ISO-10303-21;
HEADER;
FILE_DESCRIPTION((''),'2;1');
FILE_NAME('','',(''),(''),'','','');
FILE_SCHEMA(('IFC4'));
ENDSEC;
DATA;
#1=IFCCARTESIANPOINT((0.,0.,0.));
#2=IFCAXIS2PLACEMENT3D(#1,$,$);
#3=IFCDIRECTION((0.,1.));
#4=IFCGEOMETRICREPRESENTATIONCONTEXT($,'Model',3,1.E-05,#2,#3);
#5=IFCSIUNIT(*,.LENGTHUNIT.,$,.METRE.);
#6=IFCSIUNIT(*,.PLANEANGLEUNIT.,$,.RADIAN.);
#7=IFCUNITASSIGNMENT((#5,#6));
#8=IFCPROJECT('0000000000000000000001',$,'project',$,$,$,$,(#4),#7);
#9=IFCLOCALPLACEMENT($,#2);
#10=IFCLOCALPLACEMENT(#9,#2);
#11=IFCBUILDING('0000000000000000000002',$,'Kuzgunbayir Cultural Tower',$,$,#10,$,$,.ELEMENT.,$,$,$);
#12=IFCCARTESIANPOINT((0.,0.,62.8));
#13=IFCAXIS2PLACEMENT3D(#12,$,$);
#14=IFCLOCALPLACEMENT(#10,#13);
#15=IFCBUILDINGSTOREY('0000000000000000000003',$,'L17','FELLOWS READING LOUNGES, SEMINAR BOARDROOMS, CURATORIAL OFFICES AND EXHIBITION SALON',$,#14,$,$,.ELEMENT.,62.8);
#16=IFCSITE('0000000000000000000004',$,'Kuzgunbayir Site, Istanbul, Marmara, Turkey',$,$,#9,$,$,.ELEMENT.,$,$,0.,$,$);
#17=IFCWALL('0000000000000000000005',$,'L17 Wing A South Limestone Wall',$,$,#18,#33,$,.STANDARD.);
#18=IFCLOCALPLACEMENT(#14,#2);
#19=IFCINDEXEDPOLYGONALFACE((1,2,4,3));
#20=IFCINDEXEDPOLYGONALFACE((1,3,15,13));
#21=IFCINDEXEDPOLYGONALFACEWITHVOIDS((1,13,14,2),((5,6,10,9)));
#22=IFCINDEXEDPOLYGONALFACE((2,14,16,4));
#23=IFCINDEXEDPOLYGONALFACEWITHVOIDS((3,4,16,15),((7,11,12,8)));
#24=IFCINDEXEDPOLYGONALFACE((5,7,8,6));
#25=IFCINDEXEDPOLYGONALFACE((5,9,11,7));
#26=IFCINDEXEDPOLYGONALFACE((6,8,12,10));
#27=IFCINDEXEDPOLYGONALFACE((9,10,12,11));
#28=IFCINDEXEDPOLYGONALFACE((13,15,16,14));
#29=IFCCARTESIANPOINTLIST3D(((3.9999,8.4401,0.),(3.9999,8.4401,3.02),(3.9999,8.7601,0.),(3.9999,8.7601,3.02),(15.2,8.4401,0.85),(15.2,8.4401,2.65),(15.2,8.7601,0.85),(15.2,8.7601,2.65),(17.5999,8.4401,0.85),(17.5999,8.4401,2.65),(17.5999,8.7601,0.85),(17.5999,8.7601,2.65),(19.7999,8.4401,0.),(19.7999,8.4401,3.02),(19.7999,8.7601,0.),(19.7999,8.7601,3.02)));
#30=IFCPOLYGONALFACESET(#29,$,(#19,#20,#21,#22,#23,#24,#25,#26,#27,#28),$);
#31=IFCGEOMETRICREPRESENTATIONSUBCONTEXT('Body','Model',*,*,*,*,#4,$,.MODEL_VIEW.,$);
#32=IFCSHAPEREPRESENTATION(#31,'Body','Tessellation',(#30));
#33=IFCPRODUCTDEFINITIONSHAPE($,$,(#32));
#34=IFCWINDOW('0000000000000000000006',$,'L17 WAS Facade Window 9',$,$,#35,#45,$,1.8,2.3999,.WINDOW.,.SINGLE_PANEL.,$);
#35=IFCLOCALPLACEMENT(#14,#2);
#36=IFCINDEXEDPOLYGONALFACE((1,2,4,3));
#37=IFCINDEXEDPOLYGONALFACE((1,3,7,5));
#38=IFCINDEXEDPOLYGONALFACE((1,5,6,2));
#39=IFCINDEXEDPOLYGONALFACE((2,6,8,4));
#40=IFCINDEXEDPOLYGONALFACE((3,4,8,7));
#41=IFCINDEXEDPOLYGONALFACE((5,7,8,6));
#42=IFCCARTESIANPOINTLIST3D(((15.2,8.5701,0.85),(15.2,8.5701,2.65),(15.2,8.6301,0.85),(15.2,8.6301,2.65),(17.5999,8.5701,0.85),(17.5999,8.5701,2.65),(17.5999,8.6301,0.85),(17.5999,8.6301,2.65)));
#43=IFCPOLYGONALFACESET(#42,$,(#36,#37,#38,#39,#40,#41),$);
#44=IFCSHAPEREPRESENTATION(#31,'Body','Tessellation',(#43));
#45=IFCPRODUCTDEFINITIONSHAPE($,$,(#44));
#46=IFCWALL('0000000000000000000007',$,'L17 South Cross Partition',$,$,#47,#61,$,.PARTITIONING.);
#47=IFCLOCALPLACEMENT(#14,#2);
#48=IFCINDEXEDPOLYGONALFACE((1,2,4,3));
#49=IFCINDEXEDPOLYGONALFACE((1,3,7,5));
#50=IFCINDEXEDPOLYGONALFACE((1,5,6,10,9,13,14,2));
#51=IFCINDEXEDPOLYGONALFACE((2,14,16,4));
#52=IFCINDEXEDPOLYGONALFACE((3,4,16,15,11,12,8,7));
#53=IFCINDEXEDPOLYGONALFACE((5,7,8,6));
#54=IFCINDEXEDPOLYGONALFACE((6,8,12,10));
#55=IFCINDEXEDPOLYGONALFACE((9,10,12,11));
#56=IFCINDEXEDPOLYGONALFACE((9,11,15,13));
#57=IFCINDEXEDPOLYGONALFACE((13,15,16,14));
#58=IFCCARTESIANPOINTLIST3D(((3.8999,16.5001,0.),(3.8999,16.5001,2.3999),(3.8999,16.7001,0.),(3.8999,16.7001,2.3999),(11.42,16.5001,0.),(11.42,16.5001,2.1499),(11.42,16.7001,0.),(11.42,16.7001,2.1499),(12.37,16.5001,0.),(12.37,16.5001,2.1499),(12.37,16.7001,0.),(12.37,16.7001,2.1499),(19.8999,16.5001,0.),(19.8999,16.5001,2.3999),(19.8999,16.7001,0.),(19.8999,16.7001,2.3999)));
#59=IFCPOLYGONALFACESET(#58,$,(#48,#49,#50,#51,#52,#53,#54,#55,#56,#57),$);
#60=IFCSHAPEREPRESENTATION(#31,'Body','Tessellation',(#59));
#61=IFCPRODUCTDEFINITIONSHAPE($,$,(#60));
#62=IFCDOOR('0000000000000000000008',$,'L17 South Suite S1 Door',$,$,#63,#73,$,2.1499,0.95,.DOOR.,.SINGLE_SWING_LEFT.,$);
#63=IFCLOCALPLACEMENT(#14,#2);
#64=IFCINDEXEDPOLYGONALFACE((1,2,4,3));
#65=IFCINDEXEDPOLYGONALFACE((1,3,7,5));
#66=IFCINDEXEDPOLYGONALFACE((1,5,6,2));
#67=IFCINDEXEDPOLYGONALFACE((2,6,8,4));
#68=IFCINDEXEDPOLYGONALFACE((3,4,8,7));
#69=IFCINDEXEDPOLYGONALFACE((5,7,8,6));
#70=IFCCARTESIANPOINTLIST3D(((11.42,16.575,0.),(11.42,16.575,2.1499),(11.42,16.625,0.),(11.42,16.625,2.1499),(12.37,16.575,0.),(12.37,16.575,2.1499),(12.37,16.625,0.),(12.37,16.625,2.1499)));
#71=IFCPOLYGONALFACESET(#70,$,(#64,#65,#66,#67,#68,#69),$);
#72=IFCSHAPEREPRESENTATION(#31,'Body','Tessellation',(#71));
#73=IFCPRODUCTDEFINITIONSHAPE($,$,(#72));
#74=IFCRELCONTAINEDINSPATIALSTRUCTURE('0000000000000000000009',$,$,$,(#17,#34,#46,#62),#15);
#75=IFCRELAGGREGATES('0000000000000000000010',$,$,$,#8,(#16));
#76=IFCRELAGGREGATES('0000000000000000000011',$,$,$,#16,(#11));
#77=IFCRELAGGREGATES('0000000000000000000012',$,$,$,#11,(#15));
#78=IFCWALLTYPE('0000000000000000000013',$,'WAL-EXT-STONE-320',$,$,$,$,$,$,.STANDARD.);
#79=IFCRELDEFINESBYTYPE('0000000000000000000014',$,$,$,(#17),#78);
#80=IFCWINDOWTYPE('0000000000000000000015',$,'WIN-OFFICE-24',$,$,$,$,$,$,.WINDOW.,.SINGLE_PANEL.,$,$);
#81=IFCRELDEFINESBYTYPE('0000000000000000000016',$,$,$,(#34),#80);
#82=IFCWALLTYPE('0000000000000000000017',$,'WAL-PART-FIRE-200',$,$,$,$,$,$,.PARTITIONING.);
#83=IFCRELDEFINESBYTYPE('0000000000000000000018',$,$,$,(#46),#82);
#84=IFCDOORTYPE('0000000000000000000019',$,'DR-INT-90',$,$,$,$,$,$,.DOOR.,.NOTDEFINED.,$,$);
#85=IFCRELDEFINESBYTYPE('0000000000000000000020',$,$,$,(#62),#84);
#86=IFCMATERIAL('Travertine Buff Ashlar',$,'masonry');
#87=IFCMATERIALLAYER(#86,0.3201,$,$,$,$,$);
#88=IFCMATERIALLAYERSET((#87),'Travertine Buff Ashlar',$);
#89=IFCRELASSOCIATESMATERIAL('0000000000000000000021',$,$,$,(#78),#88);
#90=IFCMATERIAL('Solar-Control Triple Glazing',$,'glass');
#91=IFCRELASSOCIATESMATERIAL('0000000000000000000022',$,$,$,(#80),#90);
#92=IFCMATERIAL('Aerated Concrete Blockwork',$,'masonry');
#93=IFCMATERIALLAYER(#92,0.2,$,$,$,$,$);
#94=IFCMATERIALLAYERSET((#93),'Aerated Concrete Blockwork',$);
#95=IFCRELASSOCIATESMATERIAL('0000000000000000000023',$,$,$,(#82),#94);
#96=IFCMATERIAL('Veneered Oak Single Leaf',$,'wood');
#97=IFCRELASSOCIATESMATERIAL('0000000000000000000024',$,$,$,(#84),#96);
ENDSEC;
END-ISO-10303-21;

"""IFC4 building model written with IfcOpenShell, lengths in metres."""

from ifc_helpers import new_model, si_unit, direction, frame, frame_2d, origin, place, context, subcontext, project, spatial, rectangle, extrude, material, layer, layer_set, type_object, element, fill, save


model = new_model("IFC4")

# Units and contexts
model_context = context("Model", 3, precision=1e-05, world=origin(), true_north=direction((0.0, 1.0)))
body_context = subcontext(model_context, "Body", "Model", "MODEL_VIEW")
ifc_project = project(units=[si_unit("LENGTHUNIT", "METRE"), si_unit("PLANEANGLEUNIT", "RADIAN")], contexts=[model_context])

# Site, building, storey
site_placement = place(None, origin())
site = spatial("IfcSite", under=ifc_project, at=site_placement, Name="Kuzgunbayir Site, Istanbul, Marmara, Turkey", CompositionType="ELEMENT", RefElevation=0.0)
building_placement = place(site_placement, origin())
building = spatial("IfcBuilding", under=site, at=building_placement, Name="Kuzgunbayir Cultural Tower", CompositionType="ELEMENT")
storey_placement = place(building_placement, frame((0.0, 0.0, 62.8)))
storey = spatial("IfcBuildingStorey", under=building, at=storey_placement, Name="L17", Description="FELLOWS READING LOUNGES, SEMINAR BOARDROOMS, CURATORIAL OFFICES AND EXHIBITION SALON", CompositionType="ELEMENT", Elevation=62.8)

# Wall, opening, window
ifc_material_1 = material(Name="Travertine Buff Ashlar", Category="masonry")
ifc_layer_1 = layer(ifc_material_1, 0.3201)
ifc_layer_set_1 = layer_set([ifc_layer_1], Name="Travertine Buff Ashlar")
wall_type_1 = type_object("IfcWallType", Name="WAL-EXT-STONE-320", PredefinedType="STANDARD", material=ifc_layer_set_1)
wall_1_placement = place(storey_placement, frame((4.0, 8.6001, 0.0), z_axis=(0.0, 0.0, 1.0), x_axis=(1.0, 0.0, 0.0)))
wall_1 = element("IfcWall", 1, at=wall_1_placement, inside=storey, type_object=wall_type_1, Name="L17 Wing A South Limestone Wall", PredefinedType="STANDARD", context=body_context, shape_type="SweptSolid", body=[
    extrude(rectangle(XDim=15.8, YDim=0.3201, at=frame_2d((7.8999, 0.0))), origin(), (0.0, 0.0, 1.0), 3.02),
])
opening_1_placement = place(wall_1_placement, frame((11.2, 0.0, 0.8501)))
opening_1 = element("IfcOpeningElement", 2, at=opening_1_placement, cuts=wall_1, PredefinedType="OPENING", context=body_context, shape_type="SweptSolid", body=[
    extrude(rectangle(XDim=2.3999, YDim=1.8, at=frame_2d((1.2, 0.8999))), frame((0.0, 0.1699, 0.0), z_axis=(0.0, -1.0, 0.0), x_axis=(1.0, 0.0, 0.0)), (0.0, 0.0, 1.0), 0.3401),
])
ifc_material_2 = material(Name="Solar-Control Triple Glazing", Category="glass")
window_type = type_object("IfcWindowType", Name="WIN-OFFICE-24", PartitioningType="SINGLE_PANEL", PredefinedType="WINDOW", material=ifc_material_2)
window_placement = place(opening_1_placement, origin())
window = element("IfcWindow", 3, at=window_placement, inside=storey, type_object=window_type, Name="L17 WAS Facade Window 9", OverallHeight=1.8, OverallWidth=2.3999, PartitioningType="SINGLE_PANEL", PredefinedType="WINDOW", context=body_context, shape_type="SweptSolid", body=[
    extrude(rectangle(XDim=2.3999, YDim=1.8, at=frame_2d((1.2, 0.8999))), frame((0.0, 0.03, 0.0), z_axis=(0.0, -1.0, 0.0), x_axis=(1.0, 0.0, 0.0)), (0.0, 0.0, 1.0), 0.0601),
])
fill(opening_1, window)

# Wall, opening, door
ifc_material_3 = material(Name="Aerated Concrete Blockwork", Category="masonry")
ifc_layer_2 = layer(ifc_material_3, 0.2)
ifc_layer_set_2 = layer_set([ifc_layer_2], Name="Aerated Concrete Blockwork")
wall_type_2 = type_object("IfcWallType", Name="WAL-PART-FIRE-200", PredefinedType="PARTITIONING", material=ifc_layer_set_2)
wall_2_placement = place(storey_placement, frame((3.8999, 16.6001, 0.0), z_axis=(0.0, 0.0, 1.0), x_axis=(1.0, 0.0, 0.0)))
wall_2 = element("IfcWall", 4, at=wall_2_placement, inside=storey, type_object=wall_type_2, Name="L17 South Cross Partition", PredefinedType="PARTITIONING", context=body_context, shape_type="SweptSolid", body=[
    extrude(rectangle(XDim=16.0, YDim=0.2, at=frame_2d((8.0, 0.0))), origin(), (0.0, 0.0, 1.0), 2.3999),
])
opening_2_placement = place(wall_2_placement, frame((7.52, 0.0, 0.0)))
opening_2 = element("IfcOpeningElement", 5, at=opening_2_placement, cuts=wall_2, PredefinedType="OPENING", context=body_context, shape_type="SweptSolid", body=[
    extrude(rectangle(XDim=0.95, YDim=2.1499, at=frame_2d((0.4751, 1.075))), frame((0.0, 0.1099, 0.0), z_axis=(0.0, -1.0, 0.0), x_axis=(1.0, 0.0, 0.0)), (0.0, 0.0, 1.0), 0.22),
])
ifc_material_4 = material(Name="Veneered Oak Single Leaf", Category="wood")
door_type = type_object("IfcDoorType", Name="DR-INT-90", OperationType="NOTDEFINED", PredefinedType="DOOR", material=ifc_material_4)
door_placement = place(opening_2_placement, origin())
door = element("IfcDoor", 6, at=door_placement, inside=storey, type_object=door_type, Name="L17 South Suite S1 Door", OperationType="SINGLE_SWING_LEFT", OverallHeight=2.1499, OverallWidth=0.95, PredefinedType="DOOR", context=body_context, shape_type="SweptSolid", body=[
    extrude(rectangle(XDim=0.95, YDim=2.1499, at=frame_2d((0.4751, 1.075))), frame((0.0, 0.0249, 0.0), z_axis=(0.0, -1.0, 0.0), x_axis=(1.0, 0.0, 0.0)), (0.0, 0.0, 1.0), 0.05),
])
fill(opening_2, door)

save(model, "model.ifc")
